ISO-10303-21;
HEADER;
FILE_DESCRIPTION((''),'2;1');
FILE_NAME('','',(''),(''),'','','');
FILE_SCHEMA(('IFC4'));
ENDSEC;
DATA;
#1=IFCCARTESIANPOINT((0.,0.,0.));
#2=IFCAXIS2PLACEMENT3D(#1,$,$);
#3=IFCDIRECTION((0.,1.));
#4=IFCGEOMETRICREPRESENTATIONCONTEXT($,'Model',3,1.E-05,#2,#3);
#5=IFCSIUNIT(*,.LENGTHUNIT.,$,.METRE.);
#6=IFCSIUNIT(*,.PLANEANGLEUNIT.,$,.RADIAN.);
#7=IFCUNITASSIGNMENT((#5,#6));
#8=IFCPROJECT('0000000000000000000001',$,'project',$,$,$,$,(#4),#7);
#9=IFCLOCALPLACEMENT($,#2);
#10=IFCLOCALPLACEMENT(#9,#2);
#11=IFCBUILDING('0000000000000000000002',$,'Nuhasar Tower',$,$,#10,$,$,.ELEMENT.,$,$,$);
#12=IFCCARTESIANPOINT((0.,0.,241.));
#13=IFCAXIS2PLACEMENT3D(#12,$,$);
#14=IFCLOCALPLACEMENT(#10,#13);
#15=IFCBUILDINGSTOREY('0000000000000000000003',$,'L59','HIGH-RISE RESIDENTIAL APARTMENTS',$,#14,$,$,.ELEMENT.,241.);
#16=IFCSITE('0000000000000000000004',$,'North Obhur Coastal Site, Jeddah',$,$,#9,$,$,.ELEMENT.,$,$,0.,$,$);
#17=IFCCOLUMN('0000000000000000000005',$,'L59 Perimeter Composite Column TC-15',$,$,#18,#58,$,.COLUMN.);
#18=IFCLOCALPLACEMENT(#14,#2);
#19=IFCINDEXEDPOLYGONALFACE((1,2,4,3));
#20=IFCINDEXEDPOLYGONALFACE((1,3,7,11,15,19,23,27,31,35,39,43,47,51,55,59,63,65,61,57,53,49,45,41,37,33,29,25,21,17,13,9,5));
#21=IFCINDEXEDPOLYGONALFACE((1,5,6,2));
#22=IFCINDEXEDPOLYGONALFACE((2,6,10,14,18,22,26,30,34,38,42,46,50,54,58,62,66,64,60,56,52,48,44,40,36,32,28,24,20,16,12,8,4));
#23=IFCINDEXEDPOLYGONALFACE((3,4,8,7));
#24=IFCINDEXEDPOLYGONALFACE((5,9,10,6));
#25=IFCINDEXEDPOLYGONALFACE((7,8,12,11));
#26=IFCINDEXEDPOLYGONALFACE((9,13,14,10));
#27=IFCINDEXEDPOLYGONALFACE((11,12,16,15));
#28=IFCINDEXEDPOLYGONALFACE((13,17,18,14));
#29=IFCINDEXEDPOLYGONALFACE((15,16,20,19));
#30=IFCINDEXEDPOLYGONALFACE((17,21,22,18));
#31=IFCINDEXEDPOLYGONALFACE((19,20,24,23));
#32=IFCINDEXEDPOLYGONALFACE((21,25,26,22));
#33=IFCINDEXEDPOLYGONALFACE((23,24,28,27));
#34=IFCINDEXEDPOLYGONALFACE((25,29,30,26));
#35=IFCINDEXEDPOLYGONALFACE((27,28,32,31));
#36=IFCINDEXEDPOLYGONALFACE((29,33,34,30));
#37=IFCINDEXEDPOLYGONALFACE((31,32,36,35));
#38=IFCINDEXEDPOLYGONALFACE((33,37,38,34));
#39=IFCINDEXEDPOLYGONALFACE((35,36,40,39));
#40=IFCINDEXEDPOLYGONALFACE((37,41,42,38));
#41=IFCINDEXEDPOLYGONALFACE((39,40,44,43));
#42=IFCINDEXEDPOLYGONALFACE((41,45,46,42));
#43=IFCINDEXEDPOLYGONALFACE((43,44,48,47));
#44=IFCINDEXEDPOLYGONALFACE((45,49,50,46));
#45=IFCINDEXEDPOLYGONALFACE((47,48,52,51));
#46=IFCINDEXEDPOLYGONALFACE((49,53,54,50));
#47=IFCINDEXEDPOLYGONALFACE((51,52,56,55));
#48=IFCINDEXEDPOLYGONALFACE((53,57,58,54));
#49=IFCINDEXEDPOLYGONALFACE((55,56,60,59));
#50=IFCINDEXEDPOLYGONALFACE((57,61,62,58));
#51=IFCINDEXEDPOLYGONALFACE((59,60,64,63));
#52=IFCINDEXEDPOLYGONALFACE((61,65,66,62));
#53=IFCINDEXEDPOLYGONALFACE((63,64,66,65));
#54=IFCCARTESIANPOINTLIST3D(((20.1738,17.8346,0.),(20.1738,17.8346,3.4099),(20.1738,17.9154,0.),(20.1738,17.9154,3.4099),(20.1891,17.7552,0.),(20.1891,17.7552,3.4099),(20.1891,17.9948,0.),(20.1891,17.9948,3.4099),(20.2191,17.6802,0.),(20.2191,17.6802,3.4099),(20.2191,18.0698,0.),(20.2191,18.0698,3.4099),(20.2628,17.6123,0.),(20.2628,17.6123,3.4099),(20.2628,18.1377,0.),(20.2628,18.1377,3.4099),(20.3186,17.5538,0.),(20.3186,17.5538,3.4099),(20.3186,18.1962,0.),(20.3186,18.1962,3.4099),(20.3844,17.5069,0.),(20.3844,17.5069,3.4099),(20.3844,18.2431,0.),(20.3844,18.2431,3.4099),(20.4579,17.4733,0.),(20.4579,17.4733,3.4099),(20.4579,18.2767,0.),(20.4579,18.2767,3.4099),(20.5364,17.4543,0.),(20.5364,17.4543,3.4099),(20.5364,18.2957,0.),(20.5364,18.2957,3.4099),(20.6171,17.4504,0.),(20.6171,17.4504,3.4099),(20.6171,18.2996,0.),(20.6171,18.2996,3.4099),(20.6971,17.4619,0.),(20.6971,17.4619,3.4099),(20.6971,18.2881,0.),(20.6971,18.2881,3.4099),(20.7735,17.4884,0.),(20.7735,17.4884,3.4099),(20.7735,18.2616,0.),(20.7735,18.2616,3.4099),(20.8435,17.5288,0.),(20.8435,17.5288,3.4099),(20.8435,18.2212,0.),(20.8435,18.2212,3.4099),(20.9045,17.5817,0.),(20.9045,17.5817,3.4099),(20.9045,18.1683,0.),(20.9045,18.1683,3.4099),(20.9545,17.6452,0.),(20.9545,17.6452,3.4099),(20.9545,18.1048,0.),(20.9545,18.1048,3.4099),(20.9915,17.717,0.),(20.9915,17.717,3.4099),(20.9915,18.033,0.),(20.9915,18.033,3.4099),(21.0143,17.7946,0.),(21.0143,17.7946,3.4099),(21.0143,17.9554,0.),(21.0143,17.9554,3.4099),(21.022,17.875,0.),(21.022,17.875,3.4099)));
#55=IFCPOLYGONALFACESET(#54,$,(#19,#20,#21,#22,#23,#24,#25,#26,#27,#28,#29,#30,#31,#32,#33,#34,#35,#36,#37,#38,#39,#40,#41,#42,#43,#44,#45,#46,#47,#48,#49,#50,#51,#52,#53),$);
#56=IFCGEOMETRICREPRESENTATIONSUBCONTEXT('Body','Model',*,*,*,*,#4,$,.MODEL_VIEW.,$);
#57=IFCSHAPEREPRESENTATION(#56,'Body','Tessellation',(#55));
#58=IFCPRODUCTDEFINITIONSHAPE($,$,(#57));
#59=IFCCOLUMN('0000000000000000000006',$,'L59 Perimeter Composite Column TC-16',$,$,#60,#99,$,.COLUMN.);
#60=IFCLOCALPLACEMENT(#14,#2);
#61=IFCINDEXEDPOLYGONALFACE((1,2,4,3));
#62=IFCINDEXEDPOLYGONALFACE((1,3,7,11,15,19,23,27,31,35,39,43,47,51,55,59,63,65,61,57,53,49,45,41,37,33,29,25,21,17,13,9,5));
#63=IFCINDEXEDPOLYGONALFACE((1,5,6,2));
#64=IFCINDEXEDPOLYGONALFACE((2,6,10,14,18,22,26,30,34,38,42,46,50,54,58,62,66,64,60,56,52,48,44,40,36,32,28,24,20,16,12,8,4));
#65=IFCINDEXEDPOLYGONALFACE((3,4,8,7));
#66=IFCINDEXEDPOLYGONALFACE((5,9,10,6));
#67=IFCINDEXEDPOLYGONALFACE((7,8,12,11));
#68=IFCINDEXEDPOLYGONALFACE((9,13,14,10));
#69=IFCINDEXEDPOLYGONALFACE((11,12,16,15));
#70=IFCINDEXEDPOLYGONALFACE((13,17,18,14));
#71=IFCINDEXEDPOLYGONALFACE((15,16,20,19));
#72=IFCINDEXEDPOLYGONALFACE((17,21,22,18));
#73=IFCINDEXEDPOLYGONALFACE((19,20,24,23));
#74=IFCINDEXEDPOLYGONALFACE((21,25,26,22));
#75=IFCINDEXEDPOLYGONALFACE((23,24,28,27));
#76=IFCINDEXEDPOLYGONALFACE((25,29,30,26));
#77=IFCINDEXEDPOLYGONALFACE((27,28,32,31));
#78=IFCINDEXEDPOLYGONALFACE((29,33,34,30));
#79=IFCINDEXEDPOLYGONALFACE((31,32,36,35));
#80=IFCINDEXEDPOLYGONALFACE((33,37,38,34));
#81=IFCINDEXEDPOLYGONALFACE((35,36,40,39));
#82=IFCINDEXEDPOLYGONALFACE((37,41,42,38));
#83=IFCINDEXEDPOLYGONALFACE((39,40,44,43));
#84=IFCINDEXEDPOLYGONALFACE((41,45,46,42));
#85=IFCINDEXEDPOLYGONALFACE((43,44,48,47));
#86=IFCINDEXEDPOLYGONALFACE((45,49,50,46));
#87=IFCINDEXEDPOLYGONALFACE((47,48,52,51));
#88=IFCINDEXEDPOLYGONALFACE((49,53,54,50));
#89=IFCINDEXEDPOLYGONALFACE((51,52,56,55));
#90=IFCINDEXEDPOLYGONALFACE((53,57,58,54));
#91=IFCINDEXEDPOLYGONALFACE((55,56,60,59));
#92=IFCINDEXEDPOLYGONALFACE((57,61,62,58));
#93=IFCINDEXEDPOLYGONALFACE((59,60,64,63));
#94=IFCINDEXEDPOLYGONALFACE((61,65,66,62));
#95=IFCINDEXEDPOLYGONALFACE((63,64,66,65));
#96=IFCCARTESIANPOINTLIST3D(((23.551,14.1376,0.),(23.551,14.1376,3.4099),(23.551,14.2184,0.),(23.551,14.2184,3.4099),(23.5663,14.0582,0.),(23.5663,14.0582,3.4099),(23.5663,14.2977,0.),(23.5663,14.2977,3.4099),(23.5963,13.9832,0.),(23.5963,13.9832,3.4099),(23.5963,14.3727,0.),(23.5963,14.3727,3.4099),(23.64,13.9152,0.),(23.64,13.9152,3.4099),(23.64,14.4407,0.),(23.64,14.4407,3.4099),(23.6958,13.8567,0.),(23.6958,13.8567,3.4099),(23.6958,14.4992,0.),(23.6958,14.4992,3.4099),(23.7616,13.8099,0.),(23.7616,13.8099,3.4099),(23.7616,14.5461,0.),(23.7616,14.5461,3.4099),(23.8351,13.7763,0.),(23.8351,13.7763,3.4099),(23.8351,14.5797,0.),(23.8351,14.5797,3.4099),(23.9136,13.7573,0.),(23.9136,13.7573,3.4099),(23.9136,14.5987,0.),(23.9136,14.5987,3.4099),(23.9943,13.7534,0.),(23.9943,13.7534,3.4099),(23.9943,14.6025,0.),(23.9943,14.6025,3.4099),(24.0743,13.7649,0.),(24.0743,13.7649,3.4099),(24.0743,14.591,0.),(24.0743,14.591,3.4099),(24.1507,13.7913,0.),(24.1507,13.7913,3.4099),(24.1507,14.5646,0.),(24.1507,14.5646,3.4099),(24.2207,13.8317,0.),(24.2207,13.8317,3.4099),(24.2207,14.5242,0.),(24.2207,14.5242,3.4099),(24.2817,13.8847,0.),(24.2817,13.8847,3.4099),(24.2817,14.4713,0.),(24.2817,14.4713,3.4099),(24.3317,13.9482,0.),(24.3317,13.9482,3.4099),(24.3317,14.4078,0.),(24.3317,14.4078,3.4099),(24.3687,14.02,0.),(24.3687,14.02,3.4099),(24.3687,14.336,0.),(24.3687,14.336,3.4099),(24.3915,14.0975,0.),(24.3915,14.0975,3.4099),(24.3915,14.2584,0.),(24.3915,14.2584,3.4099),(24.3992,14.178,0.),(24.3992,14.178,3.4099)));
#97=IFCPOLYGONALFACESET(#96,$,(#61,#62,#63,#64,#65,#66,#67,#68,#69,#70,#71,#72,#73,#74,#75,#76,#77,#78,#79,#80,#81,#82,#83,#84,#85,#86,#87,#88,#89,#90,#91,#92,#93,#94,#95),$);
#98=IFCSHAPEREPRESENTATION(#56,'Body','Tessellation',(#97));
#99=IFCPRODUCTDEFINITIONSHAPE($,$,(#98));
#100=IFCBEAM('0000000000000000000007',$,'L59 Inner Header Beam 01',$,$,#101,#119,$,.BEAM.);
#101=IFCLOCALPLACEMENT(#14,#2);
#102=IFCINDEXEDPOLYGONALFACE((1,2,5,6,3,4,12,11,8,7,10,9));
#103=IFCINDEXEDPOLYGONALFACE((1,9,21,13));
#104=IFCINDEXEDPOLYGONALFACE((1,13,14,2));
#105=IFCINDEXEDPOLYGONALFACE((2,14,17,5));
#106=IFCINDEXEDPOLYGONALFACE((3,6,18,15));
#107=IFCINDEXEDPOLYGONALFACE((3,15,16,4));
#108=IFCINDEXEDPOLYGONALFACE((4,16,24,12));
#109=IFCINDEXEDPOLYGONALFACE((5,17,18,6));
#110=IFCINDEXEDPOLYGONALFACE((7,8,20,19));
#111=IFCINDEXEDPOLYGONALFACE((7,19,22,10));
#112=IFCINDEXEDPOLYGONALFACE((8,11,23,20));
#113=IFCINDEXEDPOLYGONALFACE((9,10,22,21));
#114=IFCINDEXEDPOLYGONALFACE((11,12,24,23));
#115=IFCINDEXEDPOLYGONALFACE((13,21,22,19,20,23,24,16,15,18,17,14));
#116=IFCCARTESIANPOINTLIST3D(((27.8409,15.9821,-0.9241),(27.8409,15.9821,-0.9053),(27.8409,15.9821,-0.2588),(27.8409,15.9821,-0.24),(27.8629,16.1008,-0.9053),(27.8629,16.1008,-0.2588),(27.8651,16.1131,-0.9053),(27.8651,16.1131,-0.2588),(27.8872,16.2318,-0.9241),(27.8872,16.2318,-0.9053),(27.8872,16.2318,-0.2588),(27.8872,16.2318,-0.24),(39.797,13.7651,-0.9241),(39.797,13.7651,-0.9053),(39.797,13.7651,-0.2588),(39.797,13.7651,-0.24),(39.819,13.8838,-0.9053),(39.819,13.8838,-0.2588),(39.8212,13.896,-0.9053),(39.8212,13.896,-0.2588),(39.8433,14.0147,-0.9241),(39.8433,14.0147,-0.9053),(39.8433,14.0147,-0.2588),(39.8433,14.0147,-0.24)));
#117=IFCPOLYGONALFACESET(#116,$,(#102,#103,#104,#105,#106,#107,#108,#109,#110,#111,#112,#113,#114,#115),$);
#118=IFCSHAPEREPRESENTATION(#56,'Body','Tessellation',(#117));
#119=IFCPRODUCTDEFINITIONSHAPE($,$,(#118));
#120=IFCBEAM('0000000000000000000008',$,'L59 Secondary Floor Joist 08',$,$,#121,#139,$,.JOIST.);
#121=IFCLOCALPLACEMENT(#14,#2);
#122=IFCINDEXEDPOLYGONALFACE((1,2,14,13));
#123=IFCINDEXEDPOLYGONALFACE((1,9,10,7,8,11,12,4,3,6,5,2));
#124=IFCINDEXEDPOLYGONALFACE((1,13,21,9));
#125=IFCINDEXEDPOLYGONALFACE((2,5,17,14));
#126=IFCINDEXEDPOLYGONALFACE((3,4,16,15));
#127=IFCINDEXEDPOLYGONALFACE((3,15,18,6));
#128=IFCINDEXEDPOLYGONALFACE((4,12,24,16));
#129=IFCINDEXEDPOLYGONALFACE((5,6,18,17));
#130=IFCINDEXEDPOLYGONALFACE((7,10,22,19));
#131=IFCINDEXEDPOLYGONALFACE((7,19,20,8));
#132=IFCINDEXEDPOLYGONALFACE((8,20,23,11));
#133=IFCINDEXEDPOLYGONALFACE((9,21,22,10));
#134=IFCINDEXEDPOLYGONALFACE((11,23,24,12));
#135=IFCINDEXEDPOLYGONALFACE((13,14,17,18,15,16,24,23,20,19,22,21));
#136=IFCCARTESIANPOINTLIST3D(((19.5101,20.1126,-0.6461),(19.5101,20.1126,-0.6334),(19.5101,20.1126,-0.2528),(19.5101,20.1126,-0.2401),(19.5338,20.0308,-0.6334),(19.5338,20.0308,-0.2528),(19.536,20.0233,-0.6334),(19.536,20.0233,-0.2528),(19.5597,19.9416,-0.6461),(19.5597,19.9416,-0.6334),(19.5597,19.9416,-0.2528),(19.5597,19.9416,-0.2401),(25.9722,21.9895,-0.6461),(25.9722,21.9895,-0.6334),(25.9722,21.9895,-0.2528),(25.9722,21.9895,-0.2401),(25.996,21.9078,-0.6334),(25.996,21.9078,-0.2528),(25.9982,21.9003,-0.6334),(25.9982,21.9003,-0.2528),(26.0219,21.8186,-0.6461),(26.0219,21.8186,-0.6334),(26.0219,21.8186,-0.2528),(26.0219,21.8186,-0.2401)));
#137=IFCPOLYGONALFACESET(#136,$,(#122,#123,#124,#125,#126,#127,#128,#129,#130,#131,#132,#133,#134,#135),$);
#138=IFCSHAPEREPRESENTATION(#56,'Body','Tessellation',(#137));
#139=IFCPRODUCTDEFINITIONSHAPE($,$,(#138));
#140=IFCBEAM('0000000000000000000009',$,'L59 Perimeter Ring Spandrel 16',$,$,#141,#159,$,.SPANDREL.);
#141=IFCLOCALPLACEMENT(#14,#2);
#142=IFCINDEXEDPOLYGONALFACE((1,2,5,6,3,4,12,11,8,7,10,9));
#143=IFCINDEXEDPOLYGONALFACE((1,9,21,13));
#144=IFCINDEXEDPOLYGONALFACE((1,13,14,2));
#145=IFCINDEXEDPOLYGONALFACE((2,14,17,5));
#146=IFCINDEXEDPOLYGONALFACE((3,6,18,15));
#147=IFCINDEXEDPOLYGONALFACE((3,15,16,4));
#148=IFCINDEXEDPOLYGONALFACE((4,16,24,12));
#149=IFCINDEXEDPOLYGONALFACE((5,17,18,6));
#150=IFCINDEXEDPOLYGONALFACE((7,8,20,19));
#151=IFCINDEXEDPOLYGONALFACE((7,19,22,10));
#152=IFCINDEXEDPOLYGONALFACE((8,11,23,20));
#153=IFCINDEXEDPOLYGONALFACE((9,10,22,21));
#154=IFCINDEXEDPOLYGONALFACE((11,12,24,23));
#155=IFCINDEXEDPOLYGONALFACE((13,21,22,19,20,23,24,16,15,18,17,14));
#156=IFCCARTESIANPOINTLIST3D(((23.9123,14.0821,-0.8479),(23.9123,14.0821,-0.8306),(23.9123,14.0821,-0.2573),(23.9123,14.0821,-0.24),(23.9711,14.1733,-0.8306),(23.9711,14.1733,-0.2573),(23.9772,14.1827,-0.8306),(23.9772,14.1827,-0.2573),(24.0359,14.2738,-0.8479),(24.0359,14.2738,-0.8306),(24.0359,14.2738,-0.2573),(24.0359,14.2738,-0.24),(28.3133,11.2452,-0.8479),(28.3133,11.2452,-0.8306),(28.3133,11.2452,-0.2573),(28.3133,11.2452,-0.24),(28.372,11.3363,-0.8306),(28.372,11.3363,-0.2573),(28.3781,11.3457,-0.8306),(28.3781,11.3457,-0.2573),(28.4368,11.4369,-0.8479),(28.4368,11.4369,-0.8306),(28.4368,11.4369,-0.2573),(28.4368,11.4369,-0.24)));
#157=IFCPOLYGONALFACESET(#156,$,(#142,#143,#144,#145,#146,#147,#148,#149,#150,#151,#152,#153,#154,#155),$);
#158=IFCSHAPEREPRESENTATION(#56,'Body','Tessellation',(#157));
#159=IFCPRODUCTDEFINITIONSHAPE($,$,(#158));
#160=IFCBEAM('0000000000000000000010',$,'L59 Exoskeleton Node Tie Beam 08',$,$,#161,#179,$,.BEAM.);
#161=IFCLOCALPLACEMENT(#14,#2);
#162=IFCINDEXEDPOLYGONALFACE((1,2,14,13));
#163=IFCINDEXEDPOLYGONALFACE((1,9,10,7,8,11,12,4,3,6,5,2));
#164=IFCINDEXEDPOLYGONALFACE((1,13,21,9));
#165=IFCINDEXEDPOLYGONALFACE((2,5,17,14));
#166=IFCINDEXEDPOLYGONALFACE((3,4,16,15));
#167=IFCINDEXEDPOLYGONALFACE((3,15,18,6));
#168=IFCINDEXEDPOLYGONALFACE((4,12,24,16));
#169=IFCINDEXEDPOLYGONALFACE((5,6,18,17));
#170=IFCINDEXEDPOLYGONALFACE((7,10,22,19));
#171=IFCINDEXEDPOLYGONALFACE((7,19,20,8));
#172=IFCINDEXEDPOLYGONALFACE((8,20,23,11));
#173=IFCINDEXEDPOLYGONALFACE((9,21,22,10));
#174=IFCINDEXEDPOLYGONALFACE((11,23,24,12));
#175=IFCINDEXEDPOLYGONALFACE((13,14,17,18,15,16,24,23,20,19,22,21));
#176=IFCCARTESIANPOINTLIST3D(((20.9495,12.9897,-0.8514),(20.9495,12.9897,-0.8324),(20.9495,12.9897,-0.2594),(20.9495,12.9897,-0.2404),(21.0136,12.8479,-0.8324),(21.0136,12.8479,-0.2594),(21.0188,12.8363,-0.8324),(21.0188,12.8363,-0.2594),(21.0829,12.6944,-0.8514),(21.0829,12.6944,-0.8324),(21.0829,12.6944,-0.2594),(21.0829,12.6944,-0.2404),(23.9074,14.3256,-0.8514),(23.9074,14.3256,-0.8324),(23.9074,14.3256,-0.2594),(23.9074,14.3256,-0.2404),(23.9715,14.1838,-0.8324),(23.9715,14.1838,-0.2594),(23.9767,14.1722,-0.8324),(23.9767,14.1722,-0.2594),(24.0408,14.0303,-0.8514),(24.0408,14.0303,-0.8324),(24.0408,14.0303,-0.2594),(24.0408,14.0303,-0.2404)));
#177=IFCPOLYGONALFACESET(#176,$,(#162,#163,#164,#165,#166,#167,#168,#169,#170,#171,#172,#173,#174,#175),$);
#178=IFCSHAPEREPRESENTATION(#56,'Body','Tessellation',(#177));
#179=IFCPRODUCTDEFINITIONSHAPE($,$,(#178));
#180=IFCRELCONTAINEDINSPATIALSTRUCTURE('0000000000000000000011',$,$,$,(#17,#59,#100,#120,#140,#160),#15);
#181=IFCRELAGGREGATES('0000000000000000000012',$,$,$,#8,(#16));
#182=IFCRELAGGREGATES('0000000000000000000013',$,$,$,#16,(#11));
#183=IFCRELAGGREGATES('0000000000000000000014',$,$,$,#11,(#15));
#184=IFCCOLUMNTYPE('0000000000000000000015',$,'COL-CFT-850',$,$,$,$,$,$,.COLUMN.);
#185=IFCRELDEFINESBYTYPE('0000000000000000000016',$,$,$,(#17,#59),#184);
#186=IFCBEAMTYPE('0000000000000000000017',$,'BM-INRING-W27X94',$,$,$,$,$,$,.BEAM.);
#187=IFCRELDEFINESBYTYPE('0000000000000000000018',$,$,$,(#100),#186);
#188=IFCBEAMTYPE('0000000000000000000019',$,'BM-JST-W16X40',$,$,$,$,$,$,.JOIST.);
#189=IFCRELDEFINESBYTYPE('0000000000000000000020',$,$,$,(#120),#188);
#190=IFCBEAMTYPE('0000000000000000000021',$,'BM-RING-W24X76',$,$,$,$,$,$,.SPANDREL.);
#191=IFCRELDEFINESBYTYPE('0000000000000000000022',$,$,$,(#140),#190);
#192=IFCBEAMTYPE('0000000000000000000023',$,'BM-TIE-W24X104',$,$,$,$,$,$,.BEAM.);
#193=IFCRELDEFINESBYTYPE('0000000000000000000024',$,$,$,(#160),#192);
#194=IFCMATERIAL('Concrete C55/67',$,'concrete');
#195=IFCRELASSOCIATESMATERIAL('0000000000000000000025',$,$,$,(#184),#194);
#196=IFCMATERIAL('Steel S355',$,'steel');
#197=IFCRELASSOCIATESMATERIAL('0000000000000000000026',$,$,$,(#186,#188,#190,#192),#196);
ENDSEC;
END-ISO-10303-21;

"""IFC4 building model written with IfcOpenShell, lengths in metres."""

from ifc_helpers import new_model, si_unit, direction, frame, origin, origin_2d, place, context, subcontext, project, spatial, circle, i_section, extrude, material, material_profile, profile_set, type_object, element, save


model = new_model("IFC4")

# Units and contexts
model_context = context("Model", 3, precision=1e-05, world=origin(), true_north=direction((0.0, 1.0)))
body_context = subcontext(model_context, "Body", "Model", "MODEL_VIEW")
ifc_project = project(units=[si_unit("LENGTHUNIT", "METRE"), si_unit("PLANEANGLEUNIT", "RADIAN")], contexts=[model_context])

# Site, building, storey
site_placement = place(None, origin())
site = spatial("IfcSite", under=ifc_project, at=site_placement, Name="North Obhur Coastal Site, Jeddah", CompositionType="ELEMENT", RefElevation=0.0)
building_placement = place(site_placement, origin())
building = spatial("IfcBuilding", under=site, at=building_placement, Name="Nuhasar Tower", CompositionType="ELEMENT")
storey_placement = place(building_placement, frame((0.0, 0.0, 241.0)))
storey = spatial("IfcBuildingStorey", under=building, at=storey_placement, Name="L59", Description="HIGH-RISE RESIDENTIAL APARTMENTS", CompositionType="ELEMENT", Elevation=241.0)

# Columns
ifc_material_1 = material(Name="Concrete C55/67", Category="concrete")
ifc_material_profile_1 = material_profile(ifc_material_1, circle(Radius=0.425, at=origin_2d()), Name="CFT850")
ifc_profile_set_1 = profile_set([ifc_material_profile_1], Name="Concrete C55/67")
column_type = type_object("IfcColumnType", Name="COL-CFT-850", PredefinedType="COLUMN", material=ifc_profile_set_1)
for number, where, z_axis, x_axis, name in (
    (1, (20.5969, 17.875, 0.0), (0.0, 0.0, 1.0), (1.0, 0.0, 0.0), "L59 Perimeter Composite Column TC-15"),
    (2, (23.9741, 14.178, 0.0), (0.0, 0.0, 1.0), (1.0, 0.0, 0.0), "L59 Perimeter Composite Column TC-16"),
):
    element("IfcColumn", number, at=place(storey_placement, frame(where, z_axis=z_axis, x_axis=x_axis)), inside=storey, type_object=column_type, Name=name, PredefinedType="COLUMN", context=body_context, shape_type="SweptSolid", body=[
        extrude(circle(Radius=0.425, at=origin_2d()), origin(), (0.0, 0.0, 1.0), 3.4099),
    ])

# Beams
ifc_material_2 = material(Name="Steel S355", Category="steel")
ifc_material_profile_2 = material_profile(ifc_material_2, i_section(OverallWidth=0.2539, OverallDepth=0.6841, WebThickness=0.0125, FlangeThickness=0.0188, at=origin_2d()), Name="W27X94")
ifc_profile_set_2 = profile_set([ifc_material_profile_2], Name="Steel S355")
beam_type_1 = type_object("IfcBeamType", Name="BM-INRING-W27X94", PredefinedType="BEAM", material=ifc_profile_set_2)
beam_1_placement = place(storey_placement, frame((27.864, 16.1069, -0.582), z_axis=(0.983238, -0.182324, 0.0), x_axis=(0.182324, 0.983238, 0.0)))
element("IfcBeam", 3, at=beam_1_placement, inside=storey, type_object=beam_type_1, Name="L59 Inner Header Beam 01", PredefinedType="BEAM", context=body_context, shape_type="SweptSolid", body=[
    extrude(i_section(OverallWidth=0.2539, OverallDepth=0.6841, WebThickness=0.0125, FlangeThickness=0.0188, at=origin_2d()), origin(), (0.0, 0.0, 1.0), 12.1599),
])
ifc_material_profile_3 = material_profile(ifc_material_2, i_section(OverallWidth=0.178, OverallDepth=0.406, WebThickness=0.0078, FlangeThickness=0.0127, at=origin_2d()), Name="W16X40")
ifc_profile_set_3 = profile_set([ifc_material_profile_3], Name="Steel S355")
beam_type_2 = type_object("IfcBeamType", Name="BM-JST-W16X40", PredefinedType="JOIST", material=ifc_profile_set_3)
beam_2_placement = place(storey_placement, frame((25.9971, 21.9041, -0.4431), z_axis=(-0.960313, -0.278926, 0.0), x_axis=(0.278926, -0.960313, 0.0)))
element("IfcBeam", 4, at=beam_2_placement, inside=storey, type_object=beam_type_2, Name="L59 Secondary Floor Joist 08", PredefinedType="JOIST", context=body_context, shape_type="SweptSolid", body=[
    extrude(i_section(OverallWidth=0.178, OverallDepth=0.406, WebThickness=0.0078, FlangeThickness=0.0127, at=origin_2d()), origin(), (0.0, 0.0, 1.0), 6.7292),
])
ifc_material_profile_4 = material_profile(ifc_material_2, i_section(OverallWidth=0.228, OverallDepth=0.6079, WebThickness=0.0112, FlangeThickness=0.0173, at=origin_2d()), Name="W24X76")
ifc_profile_set_4 = profile_set([ifc_material_profile_4], Name="Steel S355")
beam_type_3 = type_object("IfcBeamType", Name="BM-RING-W24X76", PredefinedType="SPANDREL", material=ifc_profile_set_4)
beam_3_placement = place(storey_placement, frame((23.9741, 14.178, -0.5439), z_axis=(0.840502, -0.541808, 0.0), x_axis=(0.541808, 0.840502, 0.0)))
element("IfcBeam", 5, at=beam_3_placement, inside=storey, type_object=beam_type_3, Name="L59 Perimeter Ring Spandrel 16", PredefinedType="SPANDREL", context=body_context, shape_type="SweptSolid", body=[
    extrude(i_section(OverallWidth=0.228, OverallDepth=0.6079, WebThickness=0.0112, FlangeThickness=0.0173, at=origin_2d()), origin(), (0.0, 0.0, 1.0), 5.2361),
])
ifc_material_profile_5 = material_profile(ifc_material_2, i_section(OverallWidth=0.324, OverallDepth=0.6111, WebThickness=0.0127, FlangeThickness=0.019, at=origin_2d()), Name="W24X104")
ifc_profile_set_5 = profile_set([ifc_material_profile_5], Name="Steel S355")
beam_type_4 = type_object("IfcBeamType", Name="BM-TIE-W24X104", PredefinedType="BEAM", material=ifc_profile_set_5)
beam_4_placement = place(storey_placement, frame((23.9741, 14.178, -0.5459), z_axis=(-0.911363, -0.411603, 0.0), x_axis=(0.411603, -0.911363, 0.0)))
element("IfcBeam", 6, at=beam_4_placement, inside=storey, type_object=beam_type_4, Name="L59 Exoskeleton Node Tie Beam 08", PredefinedType="BEAM", context=body_context, shape_type="SweptSolid", body=[
    extrude(i_section(OverallWidth=0.324, OverallDepth=0.6111, WebThickness=0.0127, FlangeThickness=0.019, at=origin_2d()), origin(), (0.0, 0.0, 1.0), 3.2456),
])

save(model, "model.ifc")
